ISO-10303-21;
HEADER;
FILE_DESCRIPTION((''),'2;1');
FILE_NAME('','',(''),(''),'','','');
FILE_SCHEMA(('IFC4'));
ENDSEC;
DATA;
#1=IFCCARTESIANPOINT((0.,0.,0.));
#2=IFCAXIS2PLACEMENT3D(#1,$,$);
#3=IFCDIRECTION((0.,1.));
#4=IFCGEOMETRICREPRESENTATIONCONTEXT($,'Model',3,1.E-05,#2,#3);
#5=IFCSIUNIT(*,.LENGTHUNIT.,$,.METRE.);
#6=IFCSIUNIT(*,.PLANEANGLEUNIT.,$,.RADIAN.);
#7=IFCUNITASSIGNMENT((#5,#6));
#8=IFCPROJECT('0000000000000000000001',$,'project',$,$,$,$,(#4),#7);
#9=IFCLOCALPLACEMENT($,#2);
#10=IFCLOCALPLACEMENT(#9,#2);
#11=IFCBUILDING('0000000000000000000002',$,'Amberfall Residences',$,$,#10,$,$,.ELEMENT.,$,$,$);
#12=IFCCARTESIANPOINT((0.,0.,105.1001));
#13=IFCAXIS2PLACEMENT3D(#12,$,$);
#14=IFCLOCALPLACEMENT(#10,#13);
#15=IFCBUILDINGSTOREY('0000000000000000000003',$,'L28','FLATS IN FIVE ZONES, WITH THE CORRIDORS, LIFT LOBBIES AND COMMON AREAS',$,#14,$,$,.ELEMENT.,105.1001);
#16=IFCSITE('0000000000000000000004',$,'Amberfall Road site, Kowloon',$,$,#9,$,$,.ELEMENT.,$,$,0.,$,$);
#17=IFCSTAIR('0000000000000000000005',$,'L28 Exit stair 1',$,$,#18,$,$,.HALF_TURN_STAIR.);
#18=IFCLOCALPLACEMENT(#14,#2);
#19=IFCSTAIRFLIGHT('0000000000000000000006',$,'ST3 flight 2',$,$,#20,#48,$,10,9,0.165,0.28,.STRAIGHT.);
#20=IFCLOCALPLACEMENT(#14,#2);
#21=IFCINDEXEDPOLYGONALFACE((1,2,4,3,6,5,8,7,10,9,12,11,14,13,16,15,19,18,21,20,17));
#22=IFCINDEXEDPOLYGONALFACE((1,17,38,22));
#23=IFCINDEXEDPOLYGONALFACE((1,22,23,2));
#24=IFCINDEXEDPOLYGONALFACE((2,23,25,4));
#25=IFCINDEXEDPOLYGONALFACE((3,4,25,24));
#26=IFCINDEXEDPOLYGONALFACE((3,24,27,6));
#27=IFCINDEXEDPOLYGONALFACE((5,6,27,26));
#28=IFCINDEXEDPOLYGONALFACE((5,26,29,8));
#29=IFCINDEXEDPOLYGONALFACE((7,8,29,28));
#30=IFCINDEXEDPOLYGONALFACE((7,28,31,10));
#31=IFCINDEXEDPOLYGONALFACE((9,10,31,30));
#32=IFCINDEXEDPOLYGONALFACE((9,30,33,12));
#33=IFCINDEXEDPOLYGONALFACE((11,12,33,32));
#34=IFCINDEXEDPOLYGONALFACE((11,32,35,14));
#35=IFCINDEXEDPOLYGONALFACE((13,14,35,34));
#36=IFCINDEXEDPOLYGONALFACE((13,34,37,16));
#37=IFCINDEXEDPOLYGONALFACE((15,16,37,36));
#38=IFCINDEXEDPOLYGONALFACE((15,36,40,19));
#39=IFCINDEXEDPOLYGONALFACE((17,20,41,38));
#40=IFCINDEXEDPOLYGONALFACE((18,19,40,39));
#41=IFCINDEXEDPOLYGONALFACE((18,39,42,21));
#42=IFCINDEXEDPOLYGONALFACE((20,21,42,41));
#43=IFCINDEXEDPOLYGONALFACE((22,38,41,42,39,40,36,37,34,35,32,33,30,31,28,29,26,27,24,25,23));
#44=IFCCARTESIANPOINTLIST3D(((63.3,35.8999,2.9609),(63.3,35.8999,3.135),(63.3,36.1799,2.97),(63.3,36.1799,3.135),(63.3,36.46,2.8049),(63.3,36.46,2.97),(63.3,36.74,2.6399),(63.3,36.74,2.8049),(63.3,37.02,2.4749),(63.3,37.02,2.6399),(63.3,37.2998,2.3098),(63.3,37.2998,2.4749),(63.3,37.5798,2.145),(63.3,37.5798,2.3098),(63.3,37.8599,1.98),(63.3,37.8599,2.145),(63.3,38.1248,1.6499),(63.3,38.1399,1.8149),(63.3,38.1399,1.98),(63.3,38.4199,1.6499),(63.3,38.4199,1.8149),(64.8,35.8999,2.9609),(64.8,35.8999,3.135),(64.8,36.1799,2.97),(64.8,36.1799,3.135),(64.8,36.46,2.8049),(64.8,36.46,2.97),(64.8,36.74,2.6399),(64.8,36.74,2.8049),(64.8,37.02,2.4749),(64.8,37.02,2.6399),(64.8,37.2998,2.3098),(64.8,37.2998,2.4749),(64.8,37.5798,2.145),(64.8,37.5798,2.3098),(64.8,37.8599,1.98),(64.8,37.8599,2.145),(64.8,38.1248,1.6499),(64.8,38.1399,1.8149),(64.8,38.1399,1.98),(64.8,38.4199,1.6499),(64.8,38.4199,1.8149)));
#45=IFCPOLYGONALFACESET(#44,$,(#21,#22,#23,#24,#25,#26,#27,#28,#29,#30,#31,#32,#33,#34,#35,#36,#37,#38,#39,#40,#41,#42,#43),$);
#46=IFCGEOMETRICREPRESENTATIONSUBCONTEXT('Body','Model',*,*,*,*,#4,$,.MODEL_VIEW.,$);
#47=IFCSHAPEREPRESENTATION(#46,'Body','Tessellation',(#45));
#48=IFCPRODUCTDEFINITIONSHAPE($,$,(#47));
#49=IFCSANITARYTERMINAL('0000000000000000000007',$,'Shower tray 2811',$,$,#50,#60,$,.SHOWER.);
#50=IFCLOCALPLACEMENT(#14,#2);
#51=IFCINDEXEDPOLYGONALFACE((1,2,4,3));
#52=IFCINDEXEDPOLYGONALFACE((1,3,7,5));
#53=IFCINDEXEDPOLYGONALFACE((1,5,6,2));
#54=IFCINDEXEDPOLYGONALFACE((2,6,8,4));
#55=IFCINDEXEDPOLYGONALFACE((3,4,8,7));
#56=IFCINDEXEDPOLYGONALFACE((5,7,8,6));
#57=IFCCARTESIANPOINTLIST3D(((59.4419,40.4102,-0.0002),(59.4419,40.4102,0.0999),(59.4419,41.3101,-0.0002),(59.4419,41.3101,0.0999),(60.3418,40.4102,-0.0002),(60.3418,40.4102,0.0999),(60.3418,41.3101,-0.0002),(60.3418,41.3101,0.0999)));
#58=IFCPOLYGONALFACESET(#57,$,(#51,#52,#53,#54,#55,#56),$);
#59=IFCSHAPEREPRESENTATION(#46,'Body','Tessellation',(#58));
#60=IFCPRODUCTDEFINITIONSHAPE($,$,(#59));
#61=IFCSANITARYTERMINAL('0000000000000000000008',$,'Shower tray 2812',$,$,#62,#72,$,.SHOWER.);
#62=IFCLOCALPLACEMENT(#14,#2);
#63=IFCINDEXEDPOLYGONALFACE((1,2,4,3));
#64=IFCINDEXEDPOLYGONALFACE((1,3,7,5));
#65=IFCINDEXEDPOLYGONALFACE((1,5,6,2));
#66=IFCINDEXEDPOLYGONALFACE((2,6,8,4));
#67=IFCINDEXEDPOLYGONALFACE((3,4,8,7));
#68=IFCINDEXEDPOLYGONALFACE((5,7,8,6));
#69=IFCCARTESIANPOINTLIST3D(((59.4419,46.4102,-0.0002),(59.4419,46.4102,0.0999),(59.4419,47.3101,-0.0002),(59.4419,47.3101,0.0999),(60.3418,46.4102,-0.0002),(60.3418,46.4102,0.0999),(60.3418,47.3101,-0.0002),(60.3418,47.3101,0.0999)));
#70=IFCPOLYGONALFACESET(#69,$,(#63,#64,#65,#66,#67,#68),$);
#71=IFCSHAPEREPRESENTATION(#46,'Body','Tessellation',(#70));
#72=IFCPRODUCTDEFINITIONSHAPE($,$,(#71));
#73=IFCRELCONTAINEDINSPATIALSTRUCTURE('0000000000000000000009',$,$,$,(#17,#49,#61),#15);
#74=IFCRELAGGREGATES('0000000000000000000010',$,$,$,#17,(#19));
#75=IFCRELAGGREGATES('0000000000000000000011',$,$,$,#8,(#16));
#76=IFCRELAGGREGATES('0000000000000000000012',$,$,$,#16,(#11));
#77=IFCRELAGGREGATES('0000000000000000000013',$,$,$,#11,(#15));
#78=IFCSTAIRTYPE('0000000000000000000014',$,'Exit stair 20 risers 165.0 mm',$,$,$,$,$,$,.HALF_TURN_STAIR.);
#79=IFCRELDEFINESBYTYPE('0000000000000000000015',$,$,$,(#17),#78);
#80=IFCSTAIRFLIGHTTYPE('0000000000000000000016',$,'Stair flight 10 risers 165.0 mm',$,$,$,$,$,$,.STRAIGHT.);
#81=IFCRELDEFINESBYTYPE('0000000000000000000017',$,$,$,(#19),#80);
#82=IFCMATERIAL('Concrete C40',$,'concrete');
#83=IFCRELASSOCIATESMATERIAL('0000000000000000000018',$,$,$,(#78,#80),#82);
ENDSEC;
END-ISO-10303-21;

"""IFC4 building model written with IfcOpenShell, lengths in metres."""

from ifc_helpers import new_model, si_unit, direction, frame, origin, origin_2d, place, context, subcontext, project, spatial, polyline, rectangle, outline, extrude, material, type_object, element, aggregate, save


model = new_model("IFC4")

# Units and contexts
model_context = context("Model", 3, precision=1e-05, world=origin(), true_north=direction((0.0, 1.0)))
body_context = subcontext(model_context, "Body", "Model", "MODEL_VIEW")
ifc_project = project(units=[si_unit("LENGTHUNIT", "METRE"), si_unit("PLANEANGLEUNIT", "RADIAN")], contexts=[model_context])

# Site, building, storey
site_placement = place(None, origin())
site = spatial("IfcSite", under=ifc_project, at=site_placement, Name="Amberfall Road site, Kowloon", CompositionType="ELEMENT", RefElevation=0.0)
building_placement = place(site_placement, origin())
building = spatial("IfcBuilding", under=site, at=building_placement, Name="Amberfall Residences", CompositionType="ELEMENT")
storey_placement = place(building_placement, frame((0.0, 0.0, 105.1001)))
storey = spatial("IfcBuildingStorey", under=building, at=storey_placement, Name="L28", Description="FLATS IN FIVE ZONES, WITH THE CORRIDORS, LIFT LOBBIES AND COMMON AREAS", CompositionType="ELEMENT", Elevation=105.1001)

# Stair, stair flight
ifc_material_1 = material(Name="Concrete C40", Category="concrete")
stair_type = type_object("IfcStairType", Name="Exit stair 20 risers 165.0 mm", PredefinedType="HALF_TURN_STAIR", material=ifc_material_1)
stair_placement = place(storey_placement, origin())
stair = element("IfcStair", 1, at=stair_placement, inside=storey, type_object=stair_type, Name="L28 Exit stair 1", PredefinedType="HALF_TURN_STAIR")
stair_flight_type = type_object("IfcStairFlightType", Name="Stair flight 10 risers 165.0 mm", PredefinedType="STRAIGHT", material=ifc_material_1)
stair_flight_placement = place(storey_placement, frame((64.05, 38.4199, 1.6499), z_axis=(0.0, 0.0, 1.0), x_axis=(0.0, -1.0, 0.0)))
stair_flight = element("IfcStairFlight", 2, at=stair_flight_placement, type_object=stair_flight_type, Name="ST3 flight 2", NumberOfRisers=10, NumberOfTreads=9, PredefinedType="STRAIGHT", RiserHeight=0.165, TreadLength=0.28, context=body_context, shape_type="SweptSolid", body=[
    extrude(outline(polyline([(0.0, 0.0), (0.0, 0.165), (0.28, 0.165), (0.28, 0.3301), (0.5601, 0.3301), (0.5601, 0.4951), (0.8401, 0.4951), (0.8401, 0.6599), (1.1201, 0.6599), (1.1201, 0.825), (1.3999, 0.825), (1.3999, 0.99), (1.6799, 0.99), (1.6799, 1.155), (1.96, 1.155), (1.96, 1.3201), (2.24, 1.3201), (2.24, 1.4851), (2.52, 1.4851), (2.52, 1.6499), (2.52, 1.311), (0.2952, 0.0), (0.0, 0.0)])), frame((0.0, 0.75, 0.0), z_axis=(0.0, -1.0, 0.0), x_axis=(1.0, 0.0, 0.0)), (0.0, 0.0, 1.0), 1.5),
])
aggregate(stair, [stair_flight])

# Sanitary terminals
for number, where, z_axis, x_axis, name in (
    (3, (59.8918, 40.8601, -0.0002), (0.0, 0.0, 1.0), (1.0, 0.0, 0.0), "Shower tray 2811"),
    (4, (59.8918, 46.8601, -0.0002), (0.0, 0.0, 1.0), (1.0, 0.0, 0.0), "Shower tray 2812"),
):
    element("IfcSanitaryTerminal", number, at=place(storey_placement, frame(where, z_axis=z_axis, x_axis=x_axis)), inside=storey, Name=name, PredefinedType="SHOWER", context=body_context, shape_type="SweptSolid", body=[
        extrude(rectangle(XDim=0.8999, YDim=0.8999, at=origin_2d()), origin(), (0.0, 0.0, 1.0), 0.1001),
    ])

save(model, "model.ifc")
